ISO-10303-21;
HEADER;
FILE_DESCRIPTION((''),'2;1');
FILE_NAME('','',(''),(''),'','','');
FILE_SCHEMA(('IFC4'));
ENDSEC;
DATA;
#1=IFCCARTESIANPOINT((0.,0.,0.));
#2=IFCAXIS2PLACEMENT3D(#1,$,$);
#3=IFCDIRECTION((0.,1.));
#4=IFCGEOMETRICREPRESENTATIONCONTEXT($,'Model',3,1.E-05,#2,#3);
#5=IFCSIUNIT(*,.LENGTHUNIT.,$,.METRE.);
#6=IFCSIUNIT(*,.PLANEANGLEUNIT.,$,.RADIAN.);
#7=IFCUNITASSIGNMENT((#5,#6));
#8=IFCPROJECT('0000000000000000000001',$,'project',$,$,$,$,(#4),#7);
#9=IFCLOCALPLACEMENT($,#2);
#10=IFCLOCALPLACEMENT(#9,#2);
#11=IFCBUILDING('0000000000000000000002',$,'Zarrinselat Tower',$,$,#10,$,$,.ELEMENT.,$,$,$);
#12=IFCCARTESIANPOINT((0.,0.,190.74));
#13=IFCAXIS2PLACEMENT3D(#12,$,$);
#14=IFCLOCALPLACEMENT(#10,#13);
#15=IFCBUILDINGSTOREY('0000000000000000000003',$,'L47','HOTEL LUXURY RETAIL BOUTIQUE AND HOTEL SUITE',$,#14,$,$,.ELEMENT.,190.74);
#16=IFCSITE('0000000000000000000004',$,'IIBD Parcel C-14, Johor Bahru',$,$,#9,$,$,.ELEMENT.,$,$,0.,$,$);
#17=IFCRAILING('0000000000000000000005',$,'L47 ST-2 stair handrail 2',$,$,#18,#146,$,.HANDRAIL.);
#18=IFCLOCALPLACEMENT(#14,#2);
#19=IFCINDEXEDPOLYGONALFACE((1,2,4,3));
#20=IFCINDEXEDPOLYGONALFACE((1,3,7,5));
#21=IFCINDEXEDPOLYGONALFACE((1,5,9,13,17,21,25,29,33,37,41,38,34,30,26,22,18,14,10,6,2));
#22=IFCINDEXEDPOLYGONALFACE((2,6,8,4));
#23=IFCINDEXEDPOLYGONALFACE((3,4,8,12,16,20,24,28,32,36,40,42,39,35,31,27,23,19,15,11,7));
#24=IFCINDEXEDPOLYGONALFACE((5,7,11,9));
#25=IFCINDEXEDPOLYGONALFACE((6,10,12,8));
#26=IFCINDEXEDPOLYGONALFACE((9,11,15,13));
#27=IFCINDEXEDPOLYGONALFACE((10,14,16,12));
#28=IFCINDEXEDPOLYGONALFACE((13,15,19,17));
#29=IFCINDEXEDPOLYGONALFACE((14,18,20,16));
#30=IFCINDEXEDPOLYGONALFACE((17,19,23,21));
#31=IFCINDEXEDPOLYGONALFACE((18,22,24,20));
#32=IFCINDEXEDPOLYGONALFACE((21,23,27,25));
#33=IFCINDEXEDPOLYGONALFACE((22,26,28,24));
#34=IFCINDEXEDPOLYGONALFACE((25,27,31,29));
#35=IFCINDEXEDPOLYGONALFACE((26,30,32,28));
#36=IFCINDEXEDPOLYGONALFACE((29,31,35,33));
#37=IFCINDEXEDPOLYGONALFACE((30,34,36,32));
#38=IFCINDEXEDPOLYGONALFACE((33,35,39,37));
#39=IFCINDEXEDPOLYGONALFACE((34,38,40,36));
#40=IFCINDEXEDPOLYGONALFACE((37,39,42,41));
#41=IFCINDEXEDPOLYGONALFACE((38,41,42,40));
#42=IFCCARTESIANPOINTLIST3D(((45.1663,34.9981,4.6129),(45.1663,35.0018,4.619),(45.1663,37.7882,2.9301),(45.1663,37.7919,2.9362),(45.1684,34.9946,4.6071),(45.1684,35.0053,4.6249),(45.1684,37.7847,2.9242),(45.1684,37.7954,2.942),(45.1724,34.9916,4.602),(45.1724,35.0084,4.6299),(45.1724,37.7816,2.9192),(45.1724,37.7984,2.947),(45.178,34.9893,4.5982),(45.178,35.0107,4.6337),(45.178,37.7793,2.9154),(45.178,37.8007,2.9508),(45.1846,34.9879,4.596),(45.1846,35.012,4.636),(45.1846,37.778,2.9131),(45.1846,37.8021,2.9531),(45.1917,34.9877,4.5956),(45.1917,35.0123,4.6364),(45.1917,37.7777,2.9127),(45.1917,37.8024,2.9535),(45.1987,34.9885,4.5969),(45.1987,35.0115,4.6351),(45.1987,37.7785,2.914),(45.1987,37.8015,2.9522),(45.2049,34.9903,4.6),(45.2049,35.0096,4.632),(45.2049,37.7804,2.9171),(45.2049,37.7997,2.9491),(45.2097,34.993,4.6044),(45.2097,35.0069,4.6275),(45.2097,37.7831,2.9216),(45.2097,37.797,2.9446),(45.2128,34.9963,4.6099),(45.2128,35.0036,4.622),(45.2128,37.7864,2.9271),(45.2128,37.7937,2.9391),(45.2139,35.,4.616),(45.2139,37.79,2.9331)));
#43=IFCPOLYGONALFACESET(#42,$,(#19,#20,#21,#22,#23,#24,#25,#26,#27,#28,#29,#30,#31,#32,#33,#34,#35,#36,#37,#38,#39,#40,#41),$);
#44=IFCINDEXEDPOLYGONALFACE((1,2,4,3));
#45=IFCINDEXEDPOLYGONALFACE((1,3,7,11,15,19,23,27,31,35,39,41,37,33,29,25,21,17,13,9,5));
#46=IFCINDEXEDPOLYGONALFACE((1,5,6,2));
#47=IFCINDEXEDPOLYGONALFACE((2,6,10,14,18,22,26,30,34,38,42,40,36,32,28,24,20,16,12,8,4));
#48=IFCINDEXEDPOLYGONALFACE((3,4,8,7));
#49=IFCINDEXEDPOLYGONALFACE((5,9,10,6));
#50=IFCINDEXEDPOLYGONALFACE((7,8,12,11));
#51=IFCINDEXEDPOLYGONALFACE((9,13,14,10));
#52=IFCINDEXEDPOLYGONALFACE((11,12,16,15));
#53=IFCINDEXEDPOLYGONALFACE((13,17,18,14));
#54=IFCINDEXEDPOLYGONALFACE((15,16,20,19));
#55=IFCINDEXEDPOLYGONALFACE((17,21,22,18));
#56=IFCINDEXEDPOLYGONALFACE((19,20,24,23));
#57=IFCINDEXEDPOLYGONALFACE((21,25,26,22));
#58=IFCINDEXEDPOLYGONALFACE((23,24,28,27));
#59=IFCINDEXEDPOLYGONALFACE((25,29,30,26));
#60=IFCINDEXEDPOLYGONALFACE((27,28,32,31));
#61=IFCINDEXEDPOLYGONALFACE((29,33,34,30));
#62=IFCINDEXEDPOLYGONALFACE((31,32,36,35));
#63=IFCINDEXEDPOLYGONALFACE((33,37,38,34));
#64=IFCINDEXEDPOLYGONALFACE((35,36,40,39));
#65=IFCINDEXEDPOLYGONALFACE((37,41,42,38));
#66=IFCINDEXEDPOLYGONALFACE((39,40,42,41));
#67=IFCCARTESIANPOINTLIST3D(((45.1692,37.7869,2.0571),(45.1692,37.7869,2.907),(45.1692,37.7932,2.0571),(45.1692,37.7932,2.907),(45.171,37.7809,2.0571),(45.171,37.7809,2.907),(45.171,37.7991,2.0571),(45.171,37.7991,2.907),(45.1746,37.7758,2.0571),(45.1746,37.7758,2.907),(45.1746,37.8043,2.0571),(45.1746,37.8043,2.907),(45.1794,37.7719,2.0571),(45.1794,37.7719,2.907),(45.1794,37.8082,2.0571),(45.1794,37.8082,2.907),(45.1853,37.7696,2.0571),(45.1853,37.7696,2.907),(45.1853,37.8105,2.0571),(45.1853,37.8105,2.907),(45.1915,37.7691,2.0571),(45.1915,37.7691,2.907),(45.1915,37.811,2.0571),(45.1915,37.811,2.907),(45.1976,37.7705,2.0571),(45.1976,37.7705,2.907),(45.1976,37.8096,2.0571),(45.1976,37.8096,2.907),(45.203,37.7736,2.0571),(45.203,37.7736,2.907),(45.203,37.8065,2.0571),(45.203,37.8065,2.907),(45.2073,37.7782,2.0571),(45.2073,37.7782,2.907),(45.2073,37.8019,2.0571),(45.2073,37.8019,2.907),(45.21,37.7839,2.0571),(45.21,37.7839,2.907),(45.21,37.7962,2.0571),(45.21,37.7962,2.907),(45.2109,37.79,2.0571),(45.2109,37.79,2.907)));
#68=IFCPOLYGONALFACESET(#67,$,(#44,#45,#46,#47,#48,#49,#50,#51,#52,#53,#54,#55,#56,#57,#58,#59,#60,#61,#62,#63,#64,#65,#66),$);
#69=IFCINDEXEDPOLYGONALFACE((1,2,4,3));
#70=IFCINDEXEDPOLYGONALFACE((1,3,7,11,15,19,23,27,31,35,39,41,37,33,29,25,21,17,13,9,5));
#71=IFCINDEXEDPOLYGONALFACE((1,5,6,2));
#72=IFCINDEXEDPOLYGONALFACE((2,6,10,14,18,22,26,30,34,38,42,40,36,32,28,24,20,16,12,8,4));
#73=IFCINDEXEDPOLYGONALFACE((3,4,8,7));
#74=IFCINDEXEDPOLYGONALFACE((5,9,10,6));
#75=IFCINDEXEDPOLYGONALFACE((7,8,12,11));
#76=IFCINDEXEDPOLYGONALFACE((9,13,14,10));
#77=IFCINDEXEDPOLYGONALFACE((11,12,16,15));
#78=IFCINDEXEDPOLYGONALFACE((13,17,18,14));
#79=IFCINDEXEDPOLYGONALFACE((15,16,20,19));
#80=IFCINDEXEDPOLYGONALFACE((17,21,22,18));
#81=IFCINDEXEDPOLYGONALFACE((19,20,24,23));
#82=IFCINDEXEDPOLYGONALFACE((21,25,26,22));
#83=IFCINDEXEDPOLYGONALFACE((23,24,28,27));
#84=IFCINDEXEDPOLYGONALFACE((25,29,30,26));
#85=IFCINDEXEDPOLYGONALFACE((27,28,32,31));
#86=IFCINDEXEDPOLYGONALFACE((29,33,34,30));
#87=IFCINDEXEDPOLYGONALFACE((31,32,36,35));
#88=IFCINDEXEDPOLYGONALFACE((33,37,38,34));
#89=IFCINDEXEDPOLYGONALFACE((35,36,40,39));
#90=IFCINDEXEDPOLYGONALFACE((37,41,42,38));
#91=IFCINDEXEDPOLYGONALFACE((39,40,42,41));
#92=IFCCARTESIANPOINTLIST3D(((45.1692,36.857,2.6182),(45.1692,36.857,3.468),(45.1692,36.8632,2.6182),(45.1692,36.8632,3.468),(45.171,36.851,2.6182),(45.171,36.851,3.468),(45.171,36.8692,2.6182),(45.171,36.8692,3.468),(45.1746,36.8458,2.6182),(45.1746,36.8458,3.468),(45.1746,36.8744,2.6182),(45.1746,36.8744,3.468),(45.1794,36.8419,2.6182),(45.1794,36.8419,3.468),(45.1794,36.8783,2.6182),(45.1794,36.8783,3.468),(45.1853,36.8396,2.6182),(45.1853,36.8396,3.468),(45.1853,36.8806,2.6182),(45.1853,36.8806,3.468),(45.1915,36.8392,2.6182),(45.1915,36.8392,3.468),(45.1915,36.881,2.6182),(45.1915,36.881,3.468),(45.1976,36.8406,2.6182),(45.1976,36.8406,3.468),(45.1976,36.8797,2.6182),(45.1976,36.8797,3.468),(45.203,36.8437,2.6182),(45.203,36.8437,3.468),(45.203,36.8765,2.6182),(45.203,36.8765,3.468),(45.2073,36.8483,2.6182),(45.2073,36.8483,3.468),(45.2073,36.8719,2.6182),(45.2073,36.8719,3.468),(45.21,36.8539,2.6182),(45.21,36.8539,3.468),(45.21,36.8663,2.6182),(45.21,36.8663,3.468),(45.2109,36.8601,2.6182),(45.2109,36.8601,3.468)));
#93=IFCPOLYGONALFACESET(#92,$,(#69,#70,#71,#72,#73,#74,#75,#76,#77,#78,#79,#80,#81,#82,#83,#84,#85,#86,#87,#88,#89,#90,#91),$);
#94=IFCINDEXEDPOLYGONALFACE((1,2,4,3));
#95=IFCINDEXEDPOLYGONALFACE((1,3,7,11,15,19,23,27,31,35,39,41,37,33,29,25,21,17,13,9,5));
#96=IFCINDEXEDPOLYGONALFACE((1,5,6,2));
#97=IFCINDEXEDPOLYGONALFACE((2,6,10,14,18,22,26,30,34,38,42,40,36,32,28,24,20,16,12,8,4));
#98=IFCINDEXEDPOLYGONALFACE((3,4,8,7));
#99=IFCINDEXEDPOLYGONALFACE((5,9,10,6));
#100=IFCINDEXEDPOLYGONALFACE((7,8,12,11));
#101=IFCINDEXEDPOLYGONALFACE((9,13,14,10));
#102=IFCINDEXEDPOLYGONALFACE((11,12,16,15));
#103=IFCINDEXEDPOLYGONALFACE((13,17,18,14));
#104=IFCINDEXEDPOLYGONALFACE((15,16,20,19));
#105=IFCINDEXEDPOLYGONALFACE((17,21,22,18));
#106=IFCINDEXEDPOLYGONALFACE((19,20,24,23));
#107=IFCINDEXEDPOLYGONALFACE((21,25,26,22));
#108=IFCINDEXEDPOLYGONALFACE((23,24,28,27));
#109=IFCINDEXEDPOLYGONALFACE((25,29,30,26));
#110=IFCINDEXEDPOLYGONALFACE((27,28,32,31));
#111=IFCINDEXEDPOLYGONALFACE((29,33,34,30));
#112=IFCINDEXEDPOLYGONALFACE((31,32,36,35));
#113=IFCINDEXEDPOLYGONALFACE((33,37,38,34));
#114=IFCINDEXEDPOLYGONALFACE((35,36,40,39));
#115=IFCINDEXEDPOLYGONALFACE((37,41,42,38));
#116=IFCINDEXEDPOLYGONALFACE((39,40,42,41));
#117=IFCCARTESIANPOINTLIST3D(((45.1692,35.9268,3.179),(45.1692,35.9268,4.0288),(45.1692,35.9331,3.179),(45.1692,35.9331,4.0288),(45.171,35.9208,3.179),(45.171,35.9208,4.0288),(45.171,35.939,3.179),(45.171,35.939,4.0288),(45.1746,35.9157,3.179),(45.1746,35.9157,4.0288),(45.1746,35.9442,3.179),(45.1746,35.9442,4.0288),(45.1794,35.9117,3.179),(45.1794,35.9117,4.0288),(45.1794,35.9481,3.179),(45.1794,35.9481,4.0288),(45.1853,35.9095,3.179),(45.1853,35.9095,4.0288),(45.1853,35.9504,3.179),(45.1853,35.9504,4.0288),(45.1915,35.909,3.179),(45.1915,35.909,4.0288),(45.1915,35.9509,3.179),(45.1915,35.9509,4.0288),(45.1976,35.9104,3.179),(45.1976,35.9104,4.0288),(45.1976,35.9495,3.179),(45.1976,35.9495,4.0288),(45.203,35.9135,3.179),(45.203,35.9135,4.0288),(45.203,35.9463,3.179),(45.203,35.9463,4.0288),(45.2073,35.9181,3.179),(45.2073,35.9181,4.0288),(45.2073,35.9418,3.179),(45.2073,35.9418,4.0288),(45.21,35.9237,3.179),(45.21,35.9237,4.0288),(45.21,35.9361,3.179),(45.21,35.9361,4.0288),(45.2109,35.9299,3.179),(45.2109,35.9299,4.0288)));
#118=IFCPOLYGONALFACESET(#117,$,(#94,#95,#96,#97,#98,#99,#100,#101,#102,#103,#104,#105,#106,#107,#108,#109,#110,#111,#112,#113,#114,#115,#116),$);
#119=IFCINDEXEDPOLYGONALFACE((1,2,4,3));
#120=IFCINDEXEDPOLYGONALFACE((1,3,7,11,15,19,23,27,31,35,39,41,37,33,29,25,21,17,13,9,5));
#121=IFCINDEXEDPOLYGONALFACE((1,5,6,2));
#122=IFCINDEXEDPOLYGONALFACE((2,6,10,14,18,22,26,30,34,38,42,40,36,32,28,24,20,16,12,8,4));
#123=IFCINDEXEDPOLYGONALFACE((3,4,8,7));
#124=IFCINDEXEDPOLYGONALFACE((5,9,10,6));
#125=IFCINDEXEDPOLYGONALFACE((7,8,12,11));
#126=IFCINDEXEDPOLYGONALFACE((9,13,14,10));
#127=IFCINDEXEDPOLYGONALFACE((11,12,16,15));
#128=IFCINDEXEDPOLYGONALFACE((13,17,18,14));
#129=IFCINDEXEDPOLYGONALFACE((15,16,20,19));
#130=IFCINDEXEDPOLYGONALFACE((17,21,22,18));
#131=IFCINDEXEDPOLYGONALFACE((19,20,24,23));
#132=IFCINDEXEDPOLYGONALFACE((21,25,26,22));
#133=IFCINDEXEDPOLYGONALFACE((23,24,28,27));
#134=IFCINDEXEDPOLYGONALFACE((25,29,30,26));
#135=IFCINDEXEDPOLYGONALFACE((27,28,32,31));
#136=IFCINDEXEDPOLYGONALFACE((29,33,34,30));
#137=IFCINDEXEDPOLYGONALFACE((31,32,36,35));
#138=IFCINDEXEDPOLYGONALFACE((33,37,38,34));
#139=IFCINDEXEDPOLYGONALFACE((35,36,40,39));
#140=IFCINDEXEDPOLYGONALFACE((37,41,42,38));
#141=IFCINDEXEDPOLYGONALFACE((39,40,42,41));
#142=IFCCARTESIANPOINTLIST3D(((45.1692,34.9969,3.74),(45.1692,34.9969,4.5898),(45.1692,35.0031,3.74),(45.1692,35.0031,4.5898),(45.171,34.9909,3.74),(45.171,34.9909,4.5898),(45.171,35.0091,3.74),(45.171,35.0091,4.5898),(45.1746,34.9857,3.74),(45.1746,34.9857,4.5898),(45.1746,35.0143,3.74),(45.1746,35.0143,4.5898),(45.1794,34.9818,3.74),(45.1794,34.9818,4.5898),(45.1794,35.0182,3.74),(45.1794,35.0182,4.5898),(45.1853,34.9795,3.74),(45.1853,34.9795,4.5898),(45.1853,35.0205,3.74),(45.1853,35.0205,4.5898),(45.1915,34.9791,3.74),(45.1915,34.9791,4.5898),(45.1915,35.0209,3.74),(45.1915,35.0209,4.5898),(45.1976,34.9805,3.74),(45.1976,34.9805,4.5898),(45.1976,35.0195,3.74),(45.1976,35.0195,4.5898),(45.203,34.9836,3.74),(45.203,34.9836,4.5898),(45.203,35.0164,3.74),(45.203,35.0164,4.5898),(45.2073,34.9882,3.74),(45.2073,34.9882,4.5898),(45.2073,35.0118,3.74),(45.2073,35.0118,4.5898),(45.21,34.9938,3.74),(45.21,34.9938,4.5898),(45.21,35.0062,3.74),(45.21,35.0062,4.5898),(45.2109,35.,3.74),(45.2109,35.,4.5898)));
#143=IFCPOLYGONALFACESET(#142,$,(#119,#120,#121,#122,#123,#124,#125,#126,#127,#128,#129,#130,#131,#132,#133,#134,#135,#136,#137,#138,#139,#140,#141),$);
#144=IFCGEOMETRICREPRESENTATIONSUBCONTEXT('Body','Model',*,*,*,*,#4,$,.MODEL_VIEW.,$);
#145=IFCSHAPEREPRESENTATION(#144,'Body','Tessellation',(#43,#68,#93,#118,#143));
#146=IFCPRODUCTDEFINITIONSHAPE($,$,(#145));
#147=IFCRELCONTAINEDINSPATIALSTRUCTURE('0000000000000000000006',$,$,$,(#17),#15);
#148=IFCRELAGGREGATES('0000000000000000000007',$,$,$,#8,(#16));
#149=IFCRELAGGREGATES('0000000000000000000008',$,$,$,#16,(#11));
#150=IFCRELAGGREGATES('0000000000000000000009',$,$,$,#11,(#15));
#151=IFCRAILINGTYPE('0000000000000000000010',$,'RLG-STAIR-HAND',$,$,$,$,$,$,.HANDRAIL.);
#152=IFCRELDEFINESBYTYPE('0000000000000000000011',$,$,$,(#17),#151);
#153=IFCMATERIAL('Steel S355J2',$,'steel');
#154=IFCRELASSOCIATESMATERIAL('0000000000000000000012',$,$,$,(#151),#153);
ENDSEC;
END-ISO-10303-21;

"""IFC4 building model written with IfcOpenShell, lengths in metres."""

from ifc_helpers import new_model, si_unit, direction, frame, origin, origin_2d, place, context, subcontext, project, spatial, circle, extrude, material, type_object, element, save


model = new_model("IFC4")

# Units and contexts
model_context = context("Model", 3, precision=1e-05, world=origin(), true_north=direction((0.0, 1.0)))
body_context = subcontext(model_context, "Body", "Model", "MODEL_VIEW")
ifc_project = project(units=[si_unit("LENGTHUNIT", "METRE"), si_unit("PLANEANGLEUNIT", "RADIAN")], contexts=[model_context])

# Site, building, storey
site_placement = place(None, origin())
site = spatial("IfcSite", under=ifc_project, at=site_placement, Name="IIBD Parcel C-14, Johor Bahru", CompositionType="ELEMENT", RefElevation=0.0)
building_placement = place(site_placement, origin())
building = spatial("IfcBuilding", under=site, at=building_placement, Name="Zarrinselat Tower", CompositionType="ELEMENT")
storey_placement = place(building_placement, frame((0.0, 0.0, 190.74)))
storey = spatial("IfcBuildingStorey", under=building, at=storey_placement, Name="L47", Description="HOTEL LUXURY RETAIL BOUTIQUE AND HOTEL SUITE", CompositionType="ELEMENT", Elevation=190.74)

# Railing
ifc_material_1 = material(Name="Steel S355J2", Category="steel")
railing_type_1 = type_object("IfcRailingType", Name="RLG-STAIR-HAND", PredefinedType="HANDRAIL", material=ifc_material_1)
railing_1_placement = place(storey_placement, frame((45.1899, 37.79, 2.0571)))
element("IfcRailing", 1, at=railing_1_placement, inside=storey, type_object=railing_type_1, Name="L47 ST-2 stair handrail 2", PredefinedType="HANDRAIL", context=body_context, shape_type="SweptSolid", body=[
    extrude(circle(Radius=0.0239, at=origin_2d()), frame((0.0, 0.0, 0.876), z_axis=(0.0, -0.856294, 0.516489), x_axis=(1.0, 0.0, 0.0)), (0.0, 0.0, 1.0), 3.2583),
    extrude(circle(Radius=0.021, at=origin_2d()), origin(), (0.0, 0.0, 1.0), 0.8499),
    extrude(circle(Radius=0.021, at=origin_2d()), frame((0.0, -0.9299, 0.561)), (0.0, 0.0, 1.0), 0.8499),
    extrude(circle(Radius=0.021, at=origin_2d()), frame((0.0, -1.8601, 1.1218)), (0.0, 0.0, 1.0), 0.8499),
    extrude(circle(Radius=0.021, at=origin_2d()), frame((0.0, -2.79, 1.6829)), (0.0, 0.0, 1.0), 0.8499),
])

save(model, "model.ifc")
